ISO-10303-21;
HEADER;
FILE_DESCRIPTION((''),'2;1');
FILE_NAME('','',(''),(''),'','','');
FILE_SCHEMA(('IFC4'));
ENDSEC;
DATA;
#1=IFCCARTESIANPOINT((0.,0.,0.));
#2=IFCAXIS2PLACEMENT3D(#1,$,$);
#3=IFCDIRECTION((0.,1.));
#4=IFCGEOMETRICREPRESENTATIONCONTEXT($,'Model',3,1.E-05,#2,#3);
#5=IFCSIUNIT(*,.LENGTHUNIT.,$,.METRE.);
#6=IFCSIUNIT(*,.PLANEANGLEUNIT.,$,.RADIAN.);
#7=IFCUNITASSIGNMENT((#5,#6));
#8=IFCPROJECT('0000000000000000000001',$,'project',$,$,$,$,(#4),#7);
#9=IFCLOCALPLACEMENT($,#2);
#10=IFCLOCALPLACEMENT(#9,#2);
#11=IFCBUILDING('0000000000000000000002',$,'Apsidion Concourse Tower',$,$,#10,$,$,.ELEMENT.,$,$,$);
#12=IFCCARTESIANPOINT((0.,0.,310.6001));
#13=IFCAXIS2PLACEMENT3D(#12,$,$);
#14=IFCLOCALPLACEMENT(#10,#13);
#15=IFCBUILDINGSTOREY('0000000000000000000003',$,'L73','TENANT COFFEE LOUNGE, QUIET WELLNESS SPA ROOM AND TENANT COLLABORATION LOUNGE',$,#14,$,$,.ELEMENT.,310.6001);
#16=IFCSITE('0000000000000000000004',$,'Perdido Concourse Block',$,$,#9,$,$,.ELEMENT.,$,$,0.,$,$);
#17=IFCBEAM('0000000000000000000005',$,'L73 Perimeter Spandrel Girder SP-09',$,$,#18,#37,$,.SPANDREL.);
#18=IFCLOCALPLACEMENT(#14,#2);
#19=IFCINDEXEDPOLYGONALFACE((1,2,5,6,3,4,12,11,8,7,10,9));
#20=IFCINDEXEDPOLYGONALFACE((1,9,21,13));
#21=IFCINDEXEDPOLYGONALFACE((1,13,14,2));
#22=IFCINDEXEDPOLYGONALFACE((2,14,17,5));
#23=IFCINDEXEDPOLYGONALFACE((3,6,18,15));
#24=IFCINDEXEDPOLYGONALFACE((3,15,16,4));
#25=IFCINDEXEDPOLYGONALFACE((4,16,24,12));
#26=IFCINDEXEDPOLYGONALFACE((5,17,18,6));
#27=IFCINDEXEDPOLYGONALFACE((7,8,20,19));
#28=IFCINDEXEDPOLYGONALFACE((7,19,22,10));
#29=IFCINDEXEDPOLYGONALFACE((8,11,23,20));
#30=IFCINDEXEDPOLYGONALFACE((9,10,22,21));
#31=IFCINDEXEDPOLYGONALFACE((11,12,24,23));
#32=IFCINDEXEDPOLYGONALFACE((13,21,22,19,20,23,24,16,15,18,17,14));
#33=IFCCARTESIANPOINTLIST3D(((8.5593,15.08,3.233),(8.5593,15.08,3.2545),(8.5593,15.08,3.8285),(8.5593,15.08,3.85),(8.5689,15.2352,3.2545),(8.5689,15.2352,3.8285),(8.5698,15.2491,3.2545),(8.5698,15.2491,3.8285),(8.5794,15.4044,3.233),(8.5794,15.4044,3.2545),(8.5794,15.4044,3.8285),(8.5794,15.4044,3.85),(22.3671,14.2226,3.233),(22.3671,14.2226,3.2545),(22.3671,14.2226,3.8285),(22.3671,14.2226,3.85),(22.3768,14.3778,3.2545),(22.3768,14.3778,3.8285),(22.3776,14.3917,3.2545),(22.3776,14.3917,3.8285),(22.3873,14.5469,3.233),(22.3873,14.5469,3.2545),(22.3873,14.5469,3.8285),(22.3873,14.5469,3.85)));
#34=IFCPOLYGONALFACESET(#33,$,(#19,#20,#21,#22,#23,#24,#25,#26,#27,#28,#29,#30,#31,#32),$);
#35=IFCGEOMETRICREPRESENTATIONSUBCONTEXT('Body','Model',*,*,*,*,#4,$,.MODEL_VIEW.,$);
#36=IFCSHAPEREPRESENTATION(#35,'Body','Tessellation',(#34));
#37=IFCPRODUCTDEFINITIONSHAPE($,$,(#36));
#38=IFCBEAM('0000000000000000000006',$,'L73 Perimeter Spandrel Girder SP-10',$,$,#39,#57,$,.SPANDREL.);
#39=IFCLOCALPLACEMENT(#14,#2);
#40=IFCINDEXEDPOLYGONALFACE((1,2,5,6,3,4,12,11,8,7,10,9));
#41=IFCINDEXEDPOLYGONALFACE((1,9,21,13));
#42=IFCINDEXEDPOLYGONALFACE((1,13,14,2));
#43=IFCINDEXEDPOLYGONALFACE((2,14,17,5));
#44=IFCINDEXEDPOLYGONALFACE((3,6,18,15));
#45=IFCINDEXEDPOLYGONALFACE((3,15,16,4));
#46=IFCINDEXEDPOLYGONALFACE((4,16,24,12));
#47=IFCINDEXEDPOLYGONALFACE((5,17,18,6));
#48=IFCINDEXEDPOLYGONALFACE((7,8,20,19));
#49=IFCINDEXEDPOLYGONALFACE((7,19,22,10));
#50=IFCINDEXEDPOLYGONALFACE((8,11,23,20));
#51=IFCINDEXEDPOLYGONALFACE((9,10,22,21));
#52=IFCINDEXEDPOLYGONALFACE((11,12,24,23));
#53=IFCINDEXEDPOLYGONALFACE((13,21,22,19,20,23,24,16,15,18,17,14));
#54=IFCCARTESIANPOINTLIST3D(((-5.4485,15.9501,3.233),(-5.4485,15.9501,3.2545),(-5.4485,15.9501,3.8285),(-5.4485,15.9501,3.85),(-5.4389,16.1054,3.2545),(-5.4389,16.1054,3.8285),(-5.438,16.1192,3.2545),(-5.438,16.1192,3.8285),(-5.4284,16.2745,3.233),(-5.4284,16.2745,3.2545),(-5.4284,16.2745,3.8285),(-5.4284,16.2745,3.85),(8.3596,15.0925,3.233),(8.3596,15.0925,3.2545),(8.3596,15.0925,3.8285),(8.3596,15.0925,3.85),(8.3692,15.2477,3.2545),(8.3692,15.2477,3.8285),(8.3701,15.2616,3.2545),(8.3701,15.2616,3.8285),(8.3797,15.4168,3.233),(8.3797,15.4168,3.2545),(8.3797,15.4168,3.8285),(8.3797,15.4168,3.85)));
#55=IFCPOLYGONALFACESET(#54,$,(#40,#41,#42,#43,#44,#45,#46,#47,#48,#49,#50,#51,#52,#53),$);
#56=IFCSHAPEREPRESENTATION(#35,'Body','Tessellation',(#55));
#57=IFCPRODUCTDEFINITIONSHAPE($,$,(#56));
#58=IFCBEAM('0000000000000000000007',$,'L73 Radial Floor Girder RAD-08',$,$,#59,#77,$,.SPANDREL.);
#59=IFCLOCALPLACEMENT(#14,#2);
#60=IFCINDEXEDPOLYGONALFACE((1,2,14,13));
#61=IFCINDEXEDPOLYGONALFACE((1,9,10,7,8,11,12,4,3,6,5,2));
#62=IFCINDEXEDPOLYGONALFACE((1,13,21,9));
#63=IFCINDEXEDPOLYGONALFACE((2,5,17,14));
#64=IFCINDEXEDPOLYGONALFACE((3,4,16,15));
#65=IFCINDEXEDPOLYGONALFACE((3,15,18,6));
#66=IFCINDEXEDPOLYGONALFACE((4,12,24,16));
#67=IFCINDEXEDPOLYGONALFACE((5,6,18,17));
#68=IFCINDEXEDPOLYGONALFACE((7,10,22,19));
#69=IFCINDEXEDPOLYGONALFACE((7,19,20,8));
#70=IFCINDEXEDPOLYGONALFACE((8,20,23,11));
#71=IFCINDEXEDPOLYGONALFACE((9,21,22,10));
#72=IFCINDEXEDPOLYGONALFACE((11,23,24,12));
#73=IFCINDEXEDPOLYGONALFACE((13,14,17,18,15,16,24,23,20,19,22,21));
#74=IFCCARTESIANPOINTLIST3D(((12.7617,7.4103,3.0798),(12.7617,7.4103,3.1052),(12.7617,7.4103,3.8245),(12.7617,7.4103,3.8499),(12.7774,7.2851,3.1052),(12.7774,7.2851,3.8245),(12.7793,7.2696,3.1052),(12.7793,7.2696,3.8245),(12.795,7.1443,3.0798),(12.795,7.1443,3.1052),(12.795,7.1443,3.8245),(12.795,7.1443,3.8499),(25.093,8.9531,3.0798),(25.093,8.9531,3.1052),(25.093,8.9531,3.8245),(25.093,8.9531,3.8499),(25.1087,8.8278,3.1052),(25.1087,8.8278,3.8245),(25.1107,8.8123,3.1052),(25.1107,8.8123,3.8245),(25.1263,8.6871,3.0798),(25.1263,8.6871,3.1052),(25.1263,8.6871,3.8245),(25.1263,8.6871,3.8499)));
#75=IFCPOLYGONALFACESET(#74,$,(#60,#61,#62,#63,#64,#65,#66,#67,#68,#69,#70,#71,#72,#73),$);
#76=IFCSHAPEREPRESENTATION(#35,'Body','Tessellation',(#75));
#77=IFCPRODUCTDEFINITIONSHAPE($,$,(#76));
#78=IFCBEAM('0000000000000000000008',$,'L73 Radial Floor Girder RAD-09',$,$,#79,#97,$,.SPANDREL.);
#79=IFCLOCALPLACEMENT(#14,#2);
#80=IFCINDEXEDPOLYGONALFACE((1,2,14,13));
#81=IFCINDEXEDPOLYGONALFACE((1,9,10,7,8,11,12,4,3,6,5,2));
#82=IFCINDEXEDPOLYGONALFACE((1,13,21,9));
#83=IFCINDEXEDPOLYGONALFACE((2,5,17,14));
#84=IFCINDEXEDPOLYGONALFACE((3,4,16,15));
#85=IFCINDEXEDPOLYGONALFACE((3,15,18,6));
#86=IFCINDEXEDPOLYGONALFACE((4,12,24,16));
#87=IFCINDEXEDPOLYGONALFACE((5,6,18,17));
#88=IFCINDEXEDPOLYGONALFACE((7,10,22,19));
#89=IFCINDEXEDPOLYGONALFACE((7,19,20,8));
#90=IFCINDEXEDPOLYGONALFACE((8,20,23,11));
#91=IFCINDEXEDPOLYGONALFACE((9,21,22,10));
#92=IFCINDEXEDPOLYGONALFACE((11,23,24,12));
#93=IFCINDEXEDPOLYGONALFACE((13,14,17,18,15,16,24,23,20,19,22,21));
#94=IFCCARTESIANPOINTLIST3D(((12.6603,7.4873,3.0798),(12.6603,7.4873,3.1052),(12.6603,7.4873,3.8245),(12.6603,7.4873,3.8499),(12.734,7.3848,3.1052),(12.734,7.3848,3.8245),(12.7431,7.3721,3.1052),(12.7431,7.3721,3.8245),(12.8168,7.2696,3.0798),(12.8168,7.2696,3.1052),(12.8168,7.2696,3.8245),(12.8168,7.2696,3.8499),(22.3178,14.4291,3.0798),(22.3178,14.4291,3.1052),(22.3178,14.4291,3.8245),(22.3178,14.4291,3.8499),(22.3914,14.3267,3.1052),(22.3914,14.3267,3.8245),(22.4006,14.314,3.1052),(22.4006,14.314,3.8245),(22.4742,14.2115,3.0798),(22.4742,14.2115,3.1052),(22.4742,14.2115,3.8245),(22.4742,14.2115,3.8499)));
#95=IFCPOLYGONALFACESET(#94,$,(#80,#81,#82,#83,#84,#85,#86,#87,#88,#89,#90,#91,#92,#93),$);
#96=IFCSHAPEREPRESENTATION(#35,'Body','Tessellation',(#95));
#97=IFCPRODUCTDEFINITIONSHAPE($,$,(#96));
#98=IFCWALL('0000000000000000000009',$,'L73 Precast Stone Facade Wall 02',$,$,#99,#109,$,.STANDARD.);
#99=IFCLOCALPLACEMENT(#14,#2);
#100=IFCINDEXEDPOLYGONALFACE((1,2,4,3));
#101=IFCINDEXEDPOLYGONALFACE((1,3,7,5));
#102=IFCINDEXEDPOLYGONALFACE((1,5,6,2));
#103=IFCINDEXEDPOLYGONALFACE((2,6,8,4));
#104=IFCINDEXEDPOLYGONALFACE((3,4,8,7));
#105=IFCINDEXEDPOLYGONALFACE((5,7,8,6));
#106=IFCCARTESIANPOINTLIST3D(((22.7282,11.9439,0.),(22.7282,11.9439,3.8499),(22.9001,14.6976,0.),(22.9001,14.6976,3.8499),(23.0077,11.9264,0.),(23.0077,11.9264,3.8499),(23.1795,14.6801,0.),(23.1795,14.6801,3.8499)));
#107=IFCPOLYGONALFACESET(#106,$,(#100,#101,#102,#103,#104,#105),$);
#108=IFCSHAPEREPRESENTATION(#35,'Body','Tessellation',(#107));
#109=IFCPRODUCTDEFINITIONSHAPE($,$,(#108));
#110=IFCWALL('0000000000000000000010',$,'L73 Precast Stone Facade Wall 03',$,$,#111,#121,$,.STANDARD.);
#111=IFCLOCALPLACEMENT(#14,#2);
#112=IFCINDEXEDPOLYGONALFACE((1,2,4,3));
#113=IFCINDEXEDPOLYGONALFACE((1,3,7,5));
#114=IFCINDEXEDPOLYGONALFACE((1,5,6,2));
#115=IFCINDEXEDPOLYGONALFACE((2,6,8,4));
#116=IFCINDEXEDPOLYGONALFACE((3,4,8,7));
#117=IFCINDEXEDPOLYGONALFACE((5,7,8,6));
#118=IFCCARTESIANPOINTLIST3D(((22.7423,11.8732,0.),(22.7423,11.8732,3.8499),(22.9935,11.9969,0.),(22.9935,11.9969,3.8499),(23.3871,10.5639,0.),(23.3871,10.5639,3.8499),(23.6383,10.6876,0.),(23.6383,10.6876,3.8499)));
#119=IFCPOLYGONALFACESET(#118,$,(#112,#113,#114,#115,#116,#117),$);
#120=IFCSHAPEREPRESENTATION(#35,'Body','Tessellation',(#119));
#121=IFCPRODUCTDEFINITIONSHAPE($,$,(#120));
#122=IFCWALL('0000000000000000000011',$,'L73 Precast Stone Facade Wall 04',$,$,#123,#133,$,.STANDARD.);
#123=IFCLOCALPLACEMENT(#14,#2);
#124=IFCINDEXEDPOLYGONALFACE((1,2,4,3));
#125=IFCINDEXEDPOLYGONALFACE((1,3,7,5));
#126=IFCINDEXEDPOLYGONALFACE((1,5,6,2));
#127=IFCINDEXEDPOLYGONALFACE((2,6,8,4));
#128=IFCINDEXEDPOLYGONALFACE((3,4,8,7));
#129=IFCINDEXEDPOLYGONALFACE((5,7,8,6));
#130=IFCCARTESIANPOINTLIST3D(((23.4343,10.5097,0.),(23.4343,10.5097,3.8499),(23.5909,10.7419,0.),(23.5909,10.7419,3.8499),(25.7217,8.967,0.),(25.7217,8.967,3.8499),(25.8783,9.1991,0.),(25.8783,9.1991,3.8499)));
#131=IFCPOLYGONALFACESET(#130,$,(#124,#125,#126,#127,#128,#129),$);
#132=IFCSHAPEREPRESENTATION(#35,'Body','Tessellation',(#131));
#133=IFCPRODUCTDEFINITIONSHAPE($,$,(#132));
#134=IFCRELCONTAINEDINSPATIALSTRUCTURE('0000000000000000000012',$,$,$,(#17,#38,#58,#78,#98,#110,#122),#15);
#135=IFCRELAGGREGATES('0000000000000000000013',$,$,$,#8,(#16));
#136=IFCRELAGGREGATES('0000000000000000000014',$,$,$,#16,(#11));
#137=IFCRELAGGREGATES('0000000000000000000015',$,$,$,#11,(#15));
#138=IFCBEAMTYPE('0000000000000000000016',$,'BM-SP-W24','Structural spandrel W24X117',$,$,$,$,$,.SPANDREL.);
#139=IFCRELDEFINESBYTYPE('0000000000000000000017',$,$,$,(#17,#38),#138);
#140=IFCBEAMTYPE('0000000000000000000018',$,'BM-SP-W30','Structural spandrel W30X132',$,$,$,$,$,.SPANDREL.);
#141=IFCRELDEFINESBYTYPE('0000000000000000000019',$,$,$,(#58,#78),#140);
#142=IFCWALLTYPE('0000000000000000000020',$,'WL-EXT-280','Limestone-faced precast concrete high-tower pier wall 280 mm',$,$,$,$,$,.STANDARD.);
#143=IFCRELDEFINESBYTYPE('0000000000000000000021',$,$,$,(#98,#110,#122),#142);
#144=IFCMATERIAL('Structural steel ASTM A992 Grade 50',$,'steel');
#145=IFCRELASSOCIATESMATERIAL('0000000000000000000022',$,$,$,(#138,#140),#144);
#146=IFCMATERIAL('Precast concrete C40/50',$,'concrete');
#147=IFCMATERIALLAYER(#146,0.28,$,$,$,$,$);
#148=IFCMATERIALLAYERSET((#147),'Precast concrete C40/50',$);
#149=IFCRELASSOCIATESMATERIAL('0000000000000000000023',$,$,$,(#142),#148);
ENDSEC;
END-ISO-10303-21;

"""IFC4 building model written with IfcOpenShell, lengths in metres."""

from ifc_helpers import new_model, si_unit, direction, frame, frame_2d, origin, origin_2d, place, context, subcontext, project, spatial, rectangle, i_section, extrude, material, layer, layer_set, material_profile, profile_set, type_object, element, save


model = new_model("IFC4")

# Units and contexts
model_context = context("Model", 3, precision=1e-05, world=origin(), true_north=direction((0.0, 1.0)))
body_context = subcontext(model_context, "Body", "Model", "MODEL_VIEW")
ifc_project = project(units=[si_unit("LENGTHUNIT", "METRE"), si_unit("PLANEANGLEUNIT", "RADIAN")], contexts=[model_context])

# Site, building, storey
site_placement = place(None, origin())
site = spatial("IfcSite", under=ifc_project, at=site_placement, Name="Perdido Concourse Block", CompositionType="ELEMENT", RefElevation=0.0)
building_placement = place(site_placement, origin())
building = spatial("IfcBuilding", under=site, at=building_placement, Name="Apsidion Concourse Tower", CompositionType="ELEMENT")
storey_placement = place(building_placement, frame((0.0, 0.0, 310.6001)))
storey = spatial("IfcBuildingStorey", under=building, at=storey_placement, Name="L73", Description="TENANT COFFEE LOUNGE, QUIET WELLNESS SPA ROOM AND TENANT COLLABORATION LOUNGE", CompositionType="ELEMENT", Elevation=310.6001)

# Shared definitions
ifc_material_1 = material(Name="Structural steel ASTM A992 Grade 50", Category="steel")

# Beams
ifc_material_profile_1 = material_profile(ifc_material_1, i_section(OverallWidth=0.325, OverallDepth=0.6169, WebThickness=0.0139, FlangeThickness=0.0215, at=origin_2d()), Name="W24X117")
ifc_profile_set_1 = profile_set([ifc_material_profile_1], Name="Structural steel ASTM A992 Grade 50")
beam_type_1 = type_object("IfcBeamType", Name="BM-SP-W24", Description="Structural spandrel W24X117", PredefinedType="SPANDREL", material=ifc_profile_set_1)
beam_1_placement = place(storey_placement, frame((22.3772, 14.3848, 3.5415), z_axis=(-0.998078, 0.061977, 0.0), x_axis=(-0.061977, -0.998078, 0.0)))
element("IfcBeam", 1, at=beam_1_placement, inside=storey, type_object=beam_type_1, Name="L73 Perimeter Spandrel Girder SP-09", PredefinedType="SPANDREL", context=body_context, shape_type="SweptSolid", body=[
    extrude(i_section(OverallWidth=0.325, OverallDepth=0.6169, WebThickness=0.0139, FlangeThickness=0.0215, at=origin_2d()), origin(), (0.0, 0.0, 1.0), 13.8345),
])
beam_2_placement = place(storey_placement, frame((8.3696, 15.2546, 3.5415), z_axis=(-0.998077, 0.061994, 0.0), x_axis=(-0.061994, -0.998077, 0.0)))
element("IfcBeam", 2, at=beam_2_placement, inside=storey, type_object=beam_type_1, Name="L73 Perimeter Spandrel Girder SP-10", PredefinedType="SPANDREL", context=body_context, shape_type="SweptSolid", body=[
    extrude(i_section(OverallWidth=0.325, OverallDepth=0.6169, WebThickness=0.0139, FlangeThickness=0.0215, at=origin_2d()), origin(), (0.0, 0.0, 1.0), 13.8347),
])
ifc_material_profile_2 = material_profile(ifc_material_1, i_section(OverallWidth=0.2681, OverallDepth=0.77, WebThickness=0.0156, FlangeThickness=0.0254, at=origin_2d()), Name="W30X132")
ifc_profile_set_2 = profile_set([ifc_material_profile_2], Name="Structural steel ASTM A992 Grade 50")
beam_type_2 = type_object("IfcBeamType", Name="BM-SP-W30", Description="Structural spandrel W30X132", PredefinedType="SPANDREL", material=ifc_profile_set_2)
beam_3_placement = place(storey_placement, frame((12.7783, 7.2773, 3.4648), z_axis=(0.992265, 0.124139, 0.0), x_axis=(-0.124139, 0.992265, 0.0)))
element("IfcBeam", 3, at=beam_3_placement, inside=storey, type_object=beam_type_2, Name="L73 Radial Floor Girder RAD-08", PredefinedType="SPANDREL", context=body_context, shape_type="SweptSolid", body=[
    extrude(i_section(OverallWidth=0.2681, OverallDepth=0.77, WebThickness=0.0156, FlangeThickness=0.0254, at=origin_2d()), origin(), (0.0, 0.0, 1.0), 12.4275),
])
beam_4_placement = place(storey_placement, frame((12.7385, 7.3784, 3.4648), z_axis=(0.811992, 0.583669, 0.0), x_axis=(-0.583669, 0.811992, 0.0)))
element("IfcBeam", 4, at=beam_4_placement, inside=storey, type_object=beam_type_2, Name="L73 Radial Floor Girder RAD-09", PredefinedType="SPANDREL", context=body_context, shape_type="SweptSolid", body=[
    extrude(i_section(OverallWidth=0.2681, OverallDepth=0.77, WebThickness=0.0156, FlangeThickness=0.0254, at=origin_2d()), origin(), (0.0, 0.0, 1.0), 11.8936),
])

# Walls
ifc_material_2 = material(Name="Precast concrete C40/50", Category="concrete")
ifc_layer_1 = layer(ifc_material_2, 0.28)
ifc_layer_set_1 = layer_set([ifc_layer_1], Name="Precast concrete C40/50")
wall_type_1 = type_object("IfcWallType", Name="WL-EXT-280", Description="Limestone-faced precast concrete high-tower pier wall 280 mm", PredefinedType="STANDARD", material=ifc_layer_set_1)
wall_1_placement = place(storey_placement, frame((23.0398, 14.6887, 0.0), z_axis=(0.0, 0.0, 1.0), x_axis=(-0.062296, -0.998058, 0.0)))
element("IfcWall", 5, at=wall_1_placement, inside=storey, type_object=wall_type_1, Name="L73 Precast Stone Facade Wall 02", PredefinedType="STANDARD", context=body_context, shape_type="SweptSolid", body=[
    extrude(rectangle(XDim=2.759, YDim=0.28, at=frame_2d((1.3794, 0.0))), origin(), (0.0, 0.0, 1.0), 3.8499),
])
wall_2_placement = place(storey_placement, frame((22.8679, 11.9351, 0.0), z_axis=(0.0, 0.0, 1.0), x_axis=(0.441786, -0.897121, 0.0)))
element("IfcWall", 6, at=wall_2_placement, inside=storey, type_object=wall_type_1, Name="L73 Precast Stone Facade Wall 03", PredefinedType="STANDARD", context=body_context, shape_type="SweptSolid", body=[
    extrude(rectangle(XDim=1.4595, YDim=0.28, at=frame_2d((0.7297, 0.0))), origin(), (0.0, 0.0, 1.0), 3.8499),
])
wall_3_placement = place(storey_placement, frame((23.5127, 10.6257, 0.0), z_axis=(0.0, 0.0, 1.0), x_axis=(0.829057, -0.559164, 0.0)))
element("IfcWall", 7, at=wall_3_placement, inside=storey, type_object=wall_type_1, Name="L73 Precast Stone Facade Wall 04", PredefinedType="STANDARD", context=body_context, shape_type="SweptSolid", body=[
    extrude(rectangle(XDim=2.759, YDim=0.28, at=frame_2d((1.3794, 0.0))), origin(), (0.0, 0.0, 1.0), 3.8499),
])

save(model, "model.ifc")
